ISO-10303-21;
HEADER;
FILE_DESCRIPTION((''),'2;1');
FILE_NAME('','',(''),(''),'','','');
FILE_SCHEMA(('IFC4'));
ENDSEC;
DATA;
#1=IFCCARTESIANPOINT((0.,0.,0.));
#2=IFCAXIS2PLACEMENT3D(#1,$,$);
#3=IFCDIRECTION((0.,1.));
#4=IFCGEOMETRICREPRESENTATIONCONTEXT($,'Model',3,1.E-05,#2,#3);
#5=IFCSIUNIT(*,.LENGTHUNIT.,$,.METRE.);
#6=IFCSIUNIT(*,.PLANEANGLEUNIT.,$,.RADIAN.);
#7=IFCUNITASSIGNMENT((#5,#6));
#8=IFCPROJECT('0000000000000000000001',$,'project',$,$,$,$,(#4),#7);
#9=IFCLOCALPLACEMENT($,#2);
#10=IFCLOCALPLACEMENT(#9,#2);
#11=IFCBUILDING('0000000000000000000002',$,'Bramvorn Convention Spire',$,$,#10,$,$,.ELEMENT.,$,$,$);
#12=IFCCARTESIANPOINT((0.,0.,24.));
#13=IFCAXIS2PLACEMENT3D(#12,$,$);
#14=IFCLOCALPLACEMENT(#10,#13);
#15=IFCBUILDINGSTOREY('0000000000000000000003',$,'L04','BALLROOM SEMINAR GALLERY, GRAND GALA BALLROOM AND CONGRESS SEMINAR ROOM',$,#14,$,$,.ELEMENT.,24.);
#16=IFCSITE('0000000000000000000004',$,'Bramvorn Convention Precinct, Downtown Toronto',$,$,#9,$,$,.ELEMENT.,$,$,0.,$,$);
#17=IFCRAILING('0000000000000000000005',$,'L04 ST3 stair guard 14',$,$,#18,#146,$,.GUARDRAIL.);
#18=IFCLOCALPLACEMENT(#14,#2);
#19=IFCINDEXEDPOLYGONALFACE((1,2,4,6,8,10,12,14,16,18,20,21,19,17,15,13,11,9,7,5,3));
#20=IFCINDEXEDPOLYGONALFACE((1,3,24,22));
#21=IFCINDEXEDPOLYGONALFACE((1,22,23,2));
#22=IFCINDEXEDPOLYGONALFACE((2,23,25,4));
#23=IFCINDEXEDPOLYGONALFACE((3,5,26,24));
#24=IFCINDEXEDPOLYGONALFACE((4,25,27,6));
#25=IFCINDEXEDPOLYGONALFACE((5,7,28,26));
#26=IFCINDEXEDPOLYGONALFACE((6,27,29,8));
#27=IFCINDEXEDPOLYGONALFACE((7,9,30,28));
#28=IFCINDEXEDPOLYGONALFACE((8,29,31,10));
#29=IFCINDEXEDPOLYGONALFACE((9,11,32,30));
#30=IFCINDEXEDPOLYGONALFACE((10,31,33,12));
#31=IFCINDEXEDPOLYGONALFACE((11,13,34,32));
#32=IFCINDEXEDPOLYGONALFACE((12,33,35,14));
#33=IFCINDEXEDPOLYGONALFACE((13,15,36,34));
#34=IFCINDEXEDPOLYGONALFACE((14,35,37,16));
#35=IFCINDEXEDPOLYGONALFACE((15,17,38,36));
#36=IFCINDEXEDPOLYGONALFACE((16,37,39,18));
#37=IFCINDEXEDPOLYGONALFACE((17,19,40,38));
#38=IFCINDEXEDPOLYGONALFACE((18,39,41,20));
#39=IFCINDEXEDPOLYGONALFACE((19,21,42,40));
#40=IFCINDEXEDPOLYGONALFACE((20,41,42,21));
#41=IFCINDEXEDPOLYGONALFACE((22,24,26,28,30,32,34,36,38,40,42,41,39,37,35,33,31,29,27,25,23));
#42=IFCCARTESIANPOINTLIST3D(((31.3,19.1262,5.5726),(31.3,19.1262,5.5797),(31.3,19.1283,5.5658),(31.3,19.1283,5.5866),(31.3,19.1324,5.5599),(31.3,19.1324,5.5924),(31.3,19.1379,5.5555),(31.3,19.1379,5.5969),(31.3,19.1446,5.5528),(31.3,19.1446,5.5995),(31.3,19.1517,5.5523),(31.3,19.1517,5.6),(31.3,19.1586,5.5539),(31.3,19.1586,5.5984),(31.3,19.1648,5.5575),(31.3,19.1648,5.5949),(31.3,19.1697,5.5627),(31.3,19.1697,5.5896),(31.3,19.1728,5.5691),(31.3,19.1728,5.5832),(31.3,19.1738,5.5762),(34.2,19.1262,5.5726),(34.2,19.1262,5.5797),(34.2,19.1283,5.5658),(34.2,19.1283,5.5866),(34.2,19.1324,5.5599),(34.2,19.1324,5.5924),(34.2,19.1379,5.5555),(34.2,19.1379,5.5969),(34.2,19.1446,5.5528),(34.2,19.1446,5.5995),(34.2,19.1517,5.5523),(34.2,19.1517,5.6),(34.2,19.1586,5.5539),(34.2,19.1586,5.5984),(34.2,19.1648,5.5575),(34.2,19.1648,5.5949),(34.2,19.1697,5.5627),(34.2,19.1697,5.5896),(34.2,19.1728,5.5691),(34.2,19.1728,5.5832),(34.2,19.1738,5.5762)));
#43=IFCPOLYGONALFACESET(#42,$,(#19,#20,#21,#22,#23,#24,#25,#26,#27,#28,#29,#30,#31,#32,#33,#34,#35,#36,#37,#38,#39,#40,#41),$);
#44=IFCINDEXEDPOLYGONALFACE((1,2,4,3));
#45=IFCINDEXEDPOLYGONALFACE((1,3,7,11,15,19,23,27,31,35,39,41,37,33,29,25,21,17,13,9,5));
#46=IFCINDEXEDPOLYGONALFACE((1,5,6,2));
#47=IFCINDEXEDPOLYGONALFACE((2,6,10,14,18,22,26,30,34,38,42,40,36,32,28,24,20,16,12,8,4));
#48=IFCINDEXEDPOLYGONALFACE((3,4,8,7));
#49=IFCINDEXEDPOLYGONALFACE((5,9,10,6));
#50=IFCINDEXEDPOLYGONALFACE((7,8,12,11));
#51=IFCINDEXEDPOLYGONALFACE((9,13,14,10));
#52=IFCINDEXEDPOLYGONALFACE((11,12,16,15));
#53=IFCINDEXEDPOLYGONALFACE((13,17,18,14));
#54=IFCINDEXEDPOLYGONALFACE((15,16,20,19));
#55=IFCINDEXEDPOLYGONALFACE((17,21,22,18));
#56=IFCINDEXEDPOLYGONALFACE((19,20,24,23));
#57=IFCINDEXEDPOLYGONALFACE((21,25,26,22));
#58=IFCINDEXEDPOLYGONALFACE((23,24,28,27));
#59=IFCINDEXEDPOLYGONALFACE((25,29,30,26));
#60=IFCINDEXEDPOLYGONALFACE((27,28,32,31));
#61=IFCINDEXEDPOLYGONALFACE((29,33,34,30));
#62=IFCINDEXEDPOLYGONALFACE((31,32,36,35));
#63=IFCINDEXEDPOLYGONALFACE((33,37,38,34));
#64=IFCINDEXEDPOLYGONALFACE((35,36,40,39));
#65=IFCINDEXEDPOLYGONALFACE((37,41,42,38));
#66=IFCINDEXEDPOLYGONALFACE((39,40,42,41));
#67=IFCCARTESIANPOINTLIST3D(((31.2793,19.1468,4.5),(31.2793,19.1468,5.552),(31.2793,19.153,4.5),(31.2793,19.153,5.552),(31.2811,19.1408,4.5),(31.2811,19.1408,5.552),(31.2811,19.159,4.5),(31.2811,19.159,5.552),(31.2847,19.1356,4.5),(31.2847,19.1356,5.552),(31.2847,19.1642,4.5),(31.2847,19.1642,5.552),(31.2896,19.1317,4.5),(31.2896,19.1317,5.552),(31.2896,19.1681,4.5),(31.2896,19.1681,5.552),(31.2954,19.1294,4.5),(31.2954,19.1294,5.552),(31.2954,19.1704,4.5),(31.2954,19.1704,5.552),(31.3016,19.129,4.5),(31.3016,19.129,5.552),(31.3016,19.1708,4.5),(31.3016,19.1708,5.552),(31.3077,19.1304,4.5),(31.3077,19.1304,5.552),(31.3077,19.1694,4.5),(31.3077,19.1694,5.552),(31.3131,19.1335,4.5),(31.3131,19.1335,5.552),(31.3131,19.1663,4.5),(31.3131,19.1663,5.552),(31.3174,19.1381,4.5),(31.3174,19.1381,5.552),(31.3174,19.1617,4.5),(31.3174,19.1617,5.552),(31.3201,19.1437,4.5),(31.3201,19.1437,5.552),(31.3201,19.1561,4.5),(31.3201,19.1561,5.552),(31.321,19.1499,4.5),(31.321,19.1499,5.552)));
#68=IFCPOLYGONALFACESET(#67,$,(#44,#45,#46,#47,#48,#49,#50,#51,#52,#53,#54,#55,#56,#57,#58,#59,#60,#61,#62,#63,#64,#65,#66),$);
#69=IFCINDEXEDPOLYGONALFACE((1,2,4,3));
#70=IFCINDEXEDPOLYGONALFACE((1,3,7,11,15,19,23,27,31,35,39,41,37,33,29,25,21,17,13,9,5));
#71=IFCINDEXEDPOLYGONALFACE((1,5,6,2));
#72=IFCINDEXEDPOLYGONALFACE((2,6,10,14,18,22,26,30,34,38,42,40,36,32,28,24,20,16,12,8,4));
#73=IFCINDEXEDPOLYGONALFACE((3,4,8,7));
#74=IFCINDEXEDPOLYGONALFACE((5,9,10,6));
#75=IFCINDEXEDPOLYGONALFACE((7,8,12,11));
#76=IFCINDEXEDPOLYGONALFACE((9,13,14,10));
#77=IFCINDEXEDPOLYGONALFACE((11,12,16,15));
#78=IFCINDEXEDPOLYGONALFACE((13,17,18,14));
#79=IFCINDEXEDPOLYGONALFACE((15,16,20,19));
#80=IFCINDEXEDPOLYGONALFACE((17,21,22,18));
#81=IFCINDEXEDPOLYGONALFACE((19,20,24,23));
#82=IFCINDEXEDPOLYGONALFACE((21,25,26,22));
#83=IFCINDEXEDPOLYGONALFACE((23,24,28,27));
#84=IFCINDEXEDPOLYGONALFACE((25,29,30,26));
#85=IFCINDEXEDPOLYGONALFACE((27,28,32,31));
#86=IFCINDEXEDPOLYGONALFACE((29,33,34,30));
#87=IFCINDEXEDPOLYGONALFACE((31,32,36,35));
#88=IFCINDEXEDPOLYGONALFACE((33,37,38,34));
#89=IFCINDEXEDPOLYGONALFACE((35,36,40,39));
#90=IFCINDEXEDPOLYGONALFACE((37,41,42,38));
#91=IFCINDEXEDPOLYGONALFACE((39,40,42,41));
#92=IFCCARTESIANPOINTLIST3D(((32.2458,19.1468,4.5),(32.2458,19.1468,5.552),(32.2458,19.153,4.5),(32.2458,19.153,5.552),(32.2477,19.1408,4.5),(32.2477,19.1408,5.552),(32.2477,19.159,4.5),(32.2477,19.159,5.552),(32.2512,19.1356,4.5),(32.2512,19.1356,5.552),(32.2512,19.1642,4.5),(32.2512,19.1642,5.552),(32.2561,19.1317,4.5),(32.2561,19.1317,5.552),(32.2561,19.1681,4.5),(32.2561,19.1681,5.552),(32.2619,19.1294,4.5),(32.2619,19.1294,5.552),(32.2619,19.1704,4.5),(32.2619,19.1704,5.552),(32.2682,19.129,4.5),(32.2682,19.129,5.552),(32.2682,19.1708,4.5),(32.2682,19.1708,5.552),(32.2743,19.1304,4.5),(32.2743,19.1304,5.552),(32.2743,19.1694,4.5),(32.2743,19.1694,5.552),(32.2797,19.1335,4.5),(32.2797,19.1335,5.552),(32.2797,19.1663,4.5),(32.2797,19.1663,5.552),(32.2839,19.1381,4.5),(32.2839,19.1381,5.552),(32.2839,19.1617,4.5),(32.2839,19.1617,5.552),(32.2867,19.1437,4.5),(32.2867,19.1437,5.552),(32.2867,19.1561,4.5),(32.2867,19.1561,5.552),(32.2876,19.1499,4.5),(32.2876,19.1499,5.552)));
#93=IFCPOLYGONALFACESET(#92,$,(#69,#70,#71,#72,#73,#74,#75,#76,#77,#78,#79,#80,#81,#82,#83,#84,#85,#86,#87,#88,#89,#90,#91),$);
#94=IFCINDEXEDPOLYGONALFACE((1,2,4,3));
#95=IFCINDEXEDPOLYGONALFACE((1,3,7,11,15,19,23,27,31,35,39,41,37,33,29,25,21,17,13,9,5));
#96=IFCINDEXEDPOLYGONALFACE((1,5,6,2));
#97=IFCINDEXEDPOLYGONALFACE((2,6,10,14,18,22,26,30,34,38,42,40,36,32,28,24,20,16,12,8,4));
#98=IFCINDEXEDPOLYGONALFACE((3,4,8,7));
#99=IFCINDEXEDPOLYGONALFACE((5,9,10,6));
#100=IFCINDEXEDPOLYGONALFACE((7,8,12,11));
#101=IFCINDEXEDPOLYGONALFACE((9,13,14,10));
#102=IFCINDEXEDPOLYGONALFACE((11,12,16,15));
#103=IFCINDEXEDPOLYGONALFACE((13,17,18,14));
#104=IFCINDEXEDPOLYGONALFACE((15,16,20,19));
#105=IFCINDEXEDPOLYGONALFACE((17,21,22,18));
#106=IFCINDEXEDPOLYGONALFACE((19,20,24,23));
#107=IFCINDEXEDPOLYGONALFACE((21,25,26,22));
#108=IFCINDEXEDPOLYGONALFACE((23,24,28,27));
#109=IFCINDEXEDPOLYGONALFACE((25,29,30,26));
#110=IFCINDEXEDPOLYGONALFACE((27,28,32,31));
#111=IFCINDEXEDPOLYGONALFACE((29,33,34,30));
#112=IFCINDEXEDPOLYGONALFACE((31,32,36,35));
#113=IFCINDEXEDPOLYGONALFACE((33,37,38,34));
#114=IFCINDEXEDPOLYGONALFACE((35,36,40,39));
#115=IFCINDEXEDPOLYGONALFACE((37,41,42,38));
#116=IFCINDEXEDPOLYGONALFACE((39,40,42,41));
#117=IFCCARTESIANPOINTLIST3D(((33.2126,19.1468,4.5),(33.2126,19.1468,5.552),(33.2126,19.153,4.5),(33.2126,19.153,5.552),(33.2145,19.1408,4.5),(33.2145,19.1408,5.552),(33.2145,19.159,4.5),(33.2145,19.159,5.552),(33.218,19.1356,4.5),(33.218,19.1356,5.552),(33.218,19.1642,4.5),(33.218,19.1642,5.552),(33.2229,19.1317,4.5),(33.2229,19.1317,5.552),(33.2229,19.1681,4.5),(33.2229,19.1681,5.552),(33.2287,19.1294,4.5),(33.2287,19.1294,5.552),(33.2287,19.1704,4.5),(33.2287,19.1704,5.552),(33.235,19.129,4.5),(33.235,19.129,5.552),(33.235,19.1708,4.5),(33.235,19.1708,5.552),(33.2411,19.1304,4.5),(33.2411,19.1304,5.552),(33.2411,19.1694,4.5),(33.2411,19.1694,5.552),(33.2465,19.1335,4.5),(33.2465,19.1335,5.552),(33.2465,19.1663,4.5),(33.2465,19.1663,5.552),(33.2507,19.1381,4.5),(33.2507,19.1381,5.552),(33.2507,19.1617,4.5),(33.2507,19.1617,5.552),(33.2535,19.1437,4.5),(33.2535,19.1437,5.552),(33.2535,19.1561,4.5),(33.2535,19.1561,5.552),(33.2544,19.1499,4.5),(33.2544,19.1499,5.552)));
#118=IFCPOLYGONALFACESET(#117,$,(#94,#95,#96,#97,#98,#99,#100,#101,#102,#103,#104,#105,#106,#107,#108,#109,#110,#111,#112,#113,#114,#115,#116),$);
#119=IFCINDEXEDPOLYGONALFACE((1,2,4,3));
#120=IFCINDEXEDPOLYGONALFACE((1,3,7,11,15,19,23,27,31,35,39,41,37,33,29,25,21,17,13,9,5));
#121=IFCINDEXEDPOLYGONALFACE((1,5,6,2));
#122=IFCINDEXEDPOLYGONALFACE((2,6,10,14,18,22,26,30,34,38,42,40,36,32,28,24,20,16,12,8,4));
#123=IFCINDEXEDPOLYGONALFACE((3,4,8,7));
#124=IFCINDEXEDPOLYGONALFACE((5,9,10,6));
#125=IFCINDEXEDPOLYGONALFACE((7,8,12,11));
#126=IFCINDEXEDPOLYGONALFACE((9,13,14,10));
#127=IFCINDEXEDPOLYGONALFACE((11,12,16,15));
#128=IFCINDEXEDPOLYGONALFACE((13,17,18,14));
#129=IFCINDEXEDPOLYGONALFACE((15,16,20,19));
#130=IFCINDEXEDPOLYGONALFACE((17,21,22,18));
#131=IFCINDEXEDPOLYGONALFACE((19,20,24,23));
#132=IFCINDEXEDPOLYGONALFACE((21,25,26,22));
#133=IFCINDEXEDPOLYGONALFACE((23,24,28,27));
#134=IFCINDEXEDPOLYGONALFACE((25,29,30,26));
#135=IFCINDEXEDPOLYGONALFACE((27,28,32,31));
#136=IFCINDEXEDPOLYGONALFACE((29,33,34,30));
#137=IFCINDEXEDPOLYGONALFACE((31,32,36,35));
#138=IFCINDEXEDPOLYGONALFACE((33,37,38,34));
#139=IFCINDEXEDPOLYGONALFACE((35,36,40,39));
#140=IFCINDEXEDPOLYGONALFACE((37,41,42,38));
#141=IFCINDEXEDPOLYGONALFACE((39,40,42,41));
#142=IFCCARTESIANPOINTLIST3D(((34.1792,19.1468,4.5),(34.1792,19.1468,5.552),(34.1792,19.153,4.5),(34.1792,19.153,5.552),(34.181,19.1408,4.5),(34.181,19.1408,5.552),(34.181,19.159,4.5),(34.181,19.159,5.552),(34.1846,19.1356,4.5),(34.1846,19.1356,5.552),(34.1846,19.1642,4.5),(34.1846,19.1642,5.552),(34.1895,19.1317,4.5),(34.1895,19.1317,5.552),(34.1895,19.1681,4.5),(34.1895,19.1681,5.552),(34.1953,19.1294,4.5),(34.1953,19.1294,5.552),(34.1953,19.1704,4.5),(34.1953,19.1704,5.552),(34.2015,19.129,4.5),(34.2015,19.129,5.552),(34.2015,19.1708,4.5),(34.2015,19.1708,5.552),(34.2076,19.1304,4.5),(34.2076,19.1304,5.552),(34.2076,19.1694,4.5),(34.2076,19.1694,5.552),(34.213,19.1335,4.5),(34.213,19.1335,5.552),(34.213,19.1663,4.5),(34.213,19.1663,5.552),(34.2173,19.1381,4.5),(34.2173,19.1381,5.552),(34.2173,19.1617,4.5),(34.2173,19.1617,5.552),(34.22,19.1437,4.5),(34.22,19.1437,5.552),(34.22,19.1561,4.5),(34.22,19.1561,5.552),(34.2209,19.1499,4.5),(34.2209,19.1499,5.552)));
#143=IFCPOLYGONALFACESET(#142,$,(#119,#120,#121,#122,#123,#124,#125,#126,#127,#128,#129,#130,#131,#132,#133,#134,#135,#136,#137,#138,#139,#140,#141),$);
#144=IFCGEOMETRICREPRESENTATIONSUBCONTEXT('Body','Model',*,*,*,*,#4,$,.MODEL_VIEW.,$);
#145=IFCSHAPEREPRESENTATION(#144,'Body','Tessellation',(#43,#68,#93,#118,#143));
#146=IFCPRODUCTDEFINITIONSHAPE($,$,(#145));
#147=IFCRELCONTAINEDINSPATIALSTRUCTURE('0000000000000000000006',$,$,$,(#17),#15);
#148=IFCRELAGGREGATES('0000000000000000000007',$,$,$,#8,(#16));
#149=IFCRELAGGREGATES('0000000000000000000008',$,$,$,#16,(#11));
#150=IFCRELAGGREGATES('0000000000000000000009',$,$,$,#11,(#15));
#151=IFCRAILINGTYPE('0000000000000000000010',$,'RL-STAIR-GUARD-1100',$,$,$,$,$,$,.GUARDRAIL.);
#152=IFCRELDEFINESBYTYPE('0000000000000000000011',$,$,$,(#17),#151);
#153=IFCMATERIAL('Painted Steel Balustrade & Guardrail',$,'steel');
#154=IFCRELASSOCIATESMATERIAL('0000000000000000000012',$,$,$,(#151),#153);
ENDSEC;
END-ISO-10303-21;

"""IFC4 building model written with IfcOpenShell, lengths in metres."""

from ifc_helpers import new_model, si_unit, direction, frame, origin, origin_2d, place, context, subcontext, project, spatial, circle, extrude, material, type_object, element, save


model = new_model("IFC4")

# Units and contexts
model_context = context("Model", 3, precision=1e-05, world=origin(), true_north=direction((0.0, 1.0)))
body_context = subcontext(model_context, "Body", "Model", "MODEL_VIEW")
ifc_project = project(units=[si_unit("LENGTHUNIT", "METRE"), si_unit("PLANEANGLEUNIT", "RADIAN")], contexts=[model_context])

# Site, building, storey
site_placement = place(None, origin())
site = spatial("IfcSite", under=ifc_project, at=site_placement, Name="Bramvorn Convention Precinct, Downtown Toronto", CompositionType="ELEMENT", RefElevation=0.0)
building_placement = place(site_placement, origin())
building = spatial("IfcBuilding", under=site, at=building_placement, Name="Bramvorn Convention Spire", CompositionType="ELEMENT")
storey_placement = place(building_placement, frame((0.0, 0.0, 24.0)))
storey = spatial("IfcBuildingStorey", under=building, at=storey_placement, Name="L04", Description="BALLROOM SEMINAR GALLERY, GRAND GALA BALLROOM AND CONGRESS SEMINAR ROOM", CompositionType="ELEMENT", Elevation=24.0)

# Railing
ifc_material_1 = material(Name="Painted Steel Balustrade & Guardrail", Category="steel")
railing_type = type_object("IfcRailingType", Name="RL-STAIR-GUARD-1100", PredefinedType="GUARDRAIL", material=ifc_material_1)
for number, where, name in (
    (1, (31.3, 19.1499, 4.5), "L04 ST3 stair guard 14"),
):
    element("IfcRailing", number, at=place(storey_placement, frame(where)), inside=storey, type_object=railing_type, Name=name, PredefinedType="GUARDRAIL", context=body_context, shape_type="SweptSolid", body=[
        extrude(circle(Radius=0.0239, at=origin_2d()), frame((0.0, 0.0, 1.0762), z_axis=(1.0, 0.0, 0.0), x_axis=(0.0, 1.0, 0.0)), (0.0, 0.0, 1.0), 2.8999),
        extrude(circle(Radius=0.021, at=origin_2d()), origin(), (0.0, 0.0, 1.0), 1.052),
        extrude(circle(Radius=0.021, at=origin_2d()), frame((0.9666, 0.0, 0.0)), (0.0, 0.0, 1.0), 1.052),
        extrude(circle(Radius=0.021, at=origin_2d()), frame((1.9333, 0.0, 0.0)), (0.0, 0.0, 1.0), 1.052),
        extrude(circle(Radius=0.021, at=origin_2d()), frame((2.8999, 0.0, 0.0)), (0.0, 0.0, 1.0), 1.052),
    ])

save(model, "model.ifc")
